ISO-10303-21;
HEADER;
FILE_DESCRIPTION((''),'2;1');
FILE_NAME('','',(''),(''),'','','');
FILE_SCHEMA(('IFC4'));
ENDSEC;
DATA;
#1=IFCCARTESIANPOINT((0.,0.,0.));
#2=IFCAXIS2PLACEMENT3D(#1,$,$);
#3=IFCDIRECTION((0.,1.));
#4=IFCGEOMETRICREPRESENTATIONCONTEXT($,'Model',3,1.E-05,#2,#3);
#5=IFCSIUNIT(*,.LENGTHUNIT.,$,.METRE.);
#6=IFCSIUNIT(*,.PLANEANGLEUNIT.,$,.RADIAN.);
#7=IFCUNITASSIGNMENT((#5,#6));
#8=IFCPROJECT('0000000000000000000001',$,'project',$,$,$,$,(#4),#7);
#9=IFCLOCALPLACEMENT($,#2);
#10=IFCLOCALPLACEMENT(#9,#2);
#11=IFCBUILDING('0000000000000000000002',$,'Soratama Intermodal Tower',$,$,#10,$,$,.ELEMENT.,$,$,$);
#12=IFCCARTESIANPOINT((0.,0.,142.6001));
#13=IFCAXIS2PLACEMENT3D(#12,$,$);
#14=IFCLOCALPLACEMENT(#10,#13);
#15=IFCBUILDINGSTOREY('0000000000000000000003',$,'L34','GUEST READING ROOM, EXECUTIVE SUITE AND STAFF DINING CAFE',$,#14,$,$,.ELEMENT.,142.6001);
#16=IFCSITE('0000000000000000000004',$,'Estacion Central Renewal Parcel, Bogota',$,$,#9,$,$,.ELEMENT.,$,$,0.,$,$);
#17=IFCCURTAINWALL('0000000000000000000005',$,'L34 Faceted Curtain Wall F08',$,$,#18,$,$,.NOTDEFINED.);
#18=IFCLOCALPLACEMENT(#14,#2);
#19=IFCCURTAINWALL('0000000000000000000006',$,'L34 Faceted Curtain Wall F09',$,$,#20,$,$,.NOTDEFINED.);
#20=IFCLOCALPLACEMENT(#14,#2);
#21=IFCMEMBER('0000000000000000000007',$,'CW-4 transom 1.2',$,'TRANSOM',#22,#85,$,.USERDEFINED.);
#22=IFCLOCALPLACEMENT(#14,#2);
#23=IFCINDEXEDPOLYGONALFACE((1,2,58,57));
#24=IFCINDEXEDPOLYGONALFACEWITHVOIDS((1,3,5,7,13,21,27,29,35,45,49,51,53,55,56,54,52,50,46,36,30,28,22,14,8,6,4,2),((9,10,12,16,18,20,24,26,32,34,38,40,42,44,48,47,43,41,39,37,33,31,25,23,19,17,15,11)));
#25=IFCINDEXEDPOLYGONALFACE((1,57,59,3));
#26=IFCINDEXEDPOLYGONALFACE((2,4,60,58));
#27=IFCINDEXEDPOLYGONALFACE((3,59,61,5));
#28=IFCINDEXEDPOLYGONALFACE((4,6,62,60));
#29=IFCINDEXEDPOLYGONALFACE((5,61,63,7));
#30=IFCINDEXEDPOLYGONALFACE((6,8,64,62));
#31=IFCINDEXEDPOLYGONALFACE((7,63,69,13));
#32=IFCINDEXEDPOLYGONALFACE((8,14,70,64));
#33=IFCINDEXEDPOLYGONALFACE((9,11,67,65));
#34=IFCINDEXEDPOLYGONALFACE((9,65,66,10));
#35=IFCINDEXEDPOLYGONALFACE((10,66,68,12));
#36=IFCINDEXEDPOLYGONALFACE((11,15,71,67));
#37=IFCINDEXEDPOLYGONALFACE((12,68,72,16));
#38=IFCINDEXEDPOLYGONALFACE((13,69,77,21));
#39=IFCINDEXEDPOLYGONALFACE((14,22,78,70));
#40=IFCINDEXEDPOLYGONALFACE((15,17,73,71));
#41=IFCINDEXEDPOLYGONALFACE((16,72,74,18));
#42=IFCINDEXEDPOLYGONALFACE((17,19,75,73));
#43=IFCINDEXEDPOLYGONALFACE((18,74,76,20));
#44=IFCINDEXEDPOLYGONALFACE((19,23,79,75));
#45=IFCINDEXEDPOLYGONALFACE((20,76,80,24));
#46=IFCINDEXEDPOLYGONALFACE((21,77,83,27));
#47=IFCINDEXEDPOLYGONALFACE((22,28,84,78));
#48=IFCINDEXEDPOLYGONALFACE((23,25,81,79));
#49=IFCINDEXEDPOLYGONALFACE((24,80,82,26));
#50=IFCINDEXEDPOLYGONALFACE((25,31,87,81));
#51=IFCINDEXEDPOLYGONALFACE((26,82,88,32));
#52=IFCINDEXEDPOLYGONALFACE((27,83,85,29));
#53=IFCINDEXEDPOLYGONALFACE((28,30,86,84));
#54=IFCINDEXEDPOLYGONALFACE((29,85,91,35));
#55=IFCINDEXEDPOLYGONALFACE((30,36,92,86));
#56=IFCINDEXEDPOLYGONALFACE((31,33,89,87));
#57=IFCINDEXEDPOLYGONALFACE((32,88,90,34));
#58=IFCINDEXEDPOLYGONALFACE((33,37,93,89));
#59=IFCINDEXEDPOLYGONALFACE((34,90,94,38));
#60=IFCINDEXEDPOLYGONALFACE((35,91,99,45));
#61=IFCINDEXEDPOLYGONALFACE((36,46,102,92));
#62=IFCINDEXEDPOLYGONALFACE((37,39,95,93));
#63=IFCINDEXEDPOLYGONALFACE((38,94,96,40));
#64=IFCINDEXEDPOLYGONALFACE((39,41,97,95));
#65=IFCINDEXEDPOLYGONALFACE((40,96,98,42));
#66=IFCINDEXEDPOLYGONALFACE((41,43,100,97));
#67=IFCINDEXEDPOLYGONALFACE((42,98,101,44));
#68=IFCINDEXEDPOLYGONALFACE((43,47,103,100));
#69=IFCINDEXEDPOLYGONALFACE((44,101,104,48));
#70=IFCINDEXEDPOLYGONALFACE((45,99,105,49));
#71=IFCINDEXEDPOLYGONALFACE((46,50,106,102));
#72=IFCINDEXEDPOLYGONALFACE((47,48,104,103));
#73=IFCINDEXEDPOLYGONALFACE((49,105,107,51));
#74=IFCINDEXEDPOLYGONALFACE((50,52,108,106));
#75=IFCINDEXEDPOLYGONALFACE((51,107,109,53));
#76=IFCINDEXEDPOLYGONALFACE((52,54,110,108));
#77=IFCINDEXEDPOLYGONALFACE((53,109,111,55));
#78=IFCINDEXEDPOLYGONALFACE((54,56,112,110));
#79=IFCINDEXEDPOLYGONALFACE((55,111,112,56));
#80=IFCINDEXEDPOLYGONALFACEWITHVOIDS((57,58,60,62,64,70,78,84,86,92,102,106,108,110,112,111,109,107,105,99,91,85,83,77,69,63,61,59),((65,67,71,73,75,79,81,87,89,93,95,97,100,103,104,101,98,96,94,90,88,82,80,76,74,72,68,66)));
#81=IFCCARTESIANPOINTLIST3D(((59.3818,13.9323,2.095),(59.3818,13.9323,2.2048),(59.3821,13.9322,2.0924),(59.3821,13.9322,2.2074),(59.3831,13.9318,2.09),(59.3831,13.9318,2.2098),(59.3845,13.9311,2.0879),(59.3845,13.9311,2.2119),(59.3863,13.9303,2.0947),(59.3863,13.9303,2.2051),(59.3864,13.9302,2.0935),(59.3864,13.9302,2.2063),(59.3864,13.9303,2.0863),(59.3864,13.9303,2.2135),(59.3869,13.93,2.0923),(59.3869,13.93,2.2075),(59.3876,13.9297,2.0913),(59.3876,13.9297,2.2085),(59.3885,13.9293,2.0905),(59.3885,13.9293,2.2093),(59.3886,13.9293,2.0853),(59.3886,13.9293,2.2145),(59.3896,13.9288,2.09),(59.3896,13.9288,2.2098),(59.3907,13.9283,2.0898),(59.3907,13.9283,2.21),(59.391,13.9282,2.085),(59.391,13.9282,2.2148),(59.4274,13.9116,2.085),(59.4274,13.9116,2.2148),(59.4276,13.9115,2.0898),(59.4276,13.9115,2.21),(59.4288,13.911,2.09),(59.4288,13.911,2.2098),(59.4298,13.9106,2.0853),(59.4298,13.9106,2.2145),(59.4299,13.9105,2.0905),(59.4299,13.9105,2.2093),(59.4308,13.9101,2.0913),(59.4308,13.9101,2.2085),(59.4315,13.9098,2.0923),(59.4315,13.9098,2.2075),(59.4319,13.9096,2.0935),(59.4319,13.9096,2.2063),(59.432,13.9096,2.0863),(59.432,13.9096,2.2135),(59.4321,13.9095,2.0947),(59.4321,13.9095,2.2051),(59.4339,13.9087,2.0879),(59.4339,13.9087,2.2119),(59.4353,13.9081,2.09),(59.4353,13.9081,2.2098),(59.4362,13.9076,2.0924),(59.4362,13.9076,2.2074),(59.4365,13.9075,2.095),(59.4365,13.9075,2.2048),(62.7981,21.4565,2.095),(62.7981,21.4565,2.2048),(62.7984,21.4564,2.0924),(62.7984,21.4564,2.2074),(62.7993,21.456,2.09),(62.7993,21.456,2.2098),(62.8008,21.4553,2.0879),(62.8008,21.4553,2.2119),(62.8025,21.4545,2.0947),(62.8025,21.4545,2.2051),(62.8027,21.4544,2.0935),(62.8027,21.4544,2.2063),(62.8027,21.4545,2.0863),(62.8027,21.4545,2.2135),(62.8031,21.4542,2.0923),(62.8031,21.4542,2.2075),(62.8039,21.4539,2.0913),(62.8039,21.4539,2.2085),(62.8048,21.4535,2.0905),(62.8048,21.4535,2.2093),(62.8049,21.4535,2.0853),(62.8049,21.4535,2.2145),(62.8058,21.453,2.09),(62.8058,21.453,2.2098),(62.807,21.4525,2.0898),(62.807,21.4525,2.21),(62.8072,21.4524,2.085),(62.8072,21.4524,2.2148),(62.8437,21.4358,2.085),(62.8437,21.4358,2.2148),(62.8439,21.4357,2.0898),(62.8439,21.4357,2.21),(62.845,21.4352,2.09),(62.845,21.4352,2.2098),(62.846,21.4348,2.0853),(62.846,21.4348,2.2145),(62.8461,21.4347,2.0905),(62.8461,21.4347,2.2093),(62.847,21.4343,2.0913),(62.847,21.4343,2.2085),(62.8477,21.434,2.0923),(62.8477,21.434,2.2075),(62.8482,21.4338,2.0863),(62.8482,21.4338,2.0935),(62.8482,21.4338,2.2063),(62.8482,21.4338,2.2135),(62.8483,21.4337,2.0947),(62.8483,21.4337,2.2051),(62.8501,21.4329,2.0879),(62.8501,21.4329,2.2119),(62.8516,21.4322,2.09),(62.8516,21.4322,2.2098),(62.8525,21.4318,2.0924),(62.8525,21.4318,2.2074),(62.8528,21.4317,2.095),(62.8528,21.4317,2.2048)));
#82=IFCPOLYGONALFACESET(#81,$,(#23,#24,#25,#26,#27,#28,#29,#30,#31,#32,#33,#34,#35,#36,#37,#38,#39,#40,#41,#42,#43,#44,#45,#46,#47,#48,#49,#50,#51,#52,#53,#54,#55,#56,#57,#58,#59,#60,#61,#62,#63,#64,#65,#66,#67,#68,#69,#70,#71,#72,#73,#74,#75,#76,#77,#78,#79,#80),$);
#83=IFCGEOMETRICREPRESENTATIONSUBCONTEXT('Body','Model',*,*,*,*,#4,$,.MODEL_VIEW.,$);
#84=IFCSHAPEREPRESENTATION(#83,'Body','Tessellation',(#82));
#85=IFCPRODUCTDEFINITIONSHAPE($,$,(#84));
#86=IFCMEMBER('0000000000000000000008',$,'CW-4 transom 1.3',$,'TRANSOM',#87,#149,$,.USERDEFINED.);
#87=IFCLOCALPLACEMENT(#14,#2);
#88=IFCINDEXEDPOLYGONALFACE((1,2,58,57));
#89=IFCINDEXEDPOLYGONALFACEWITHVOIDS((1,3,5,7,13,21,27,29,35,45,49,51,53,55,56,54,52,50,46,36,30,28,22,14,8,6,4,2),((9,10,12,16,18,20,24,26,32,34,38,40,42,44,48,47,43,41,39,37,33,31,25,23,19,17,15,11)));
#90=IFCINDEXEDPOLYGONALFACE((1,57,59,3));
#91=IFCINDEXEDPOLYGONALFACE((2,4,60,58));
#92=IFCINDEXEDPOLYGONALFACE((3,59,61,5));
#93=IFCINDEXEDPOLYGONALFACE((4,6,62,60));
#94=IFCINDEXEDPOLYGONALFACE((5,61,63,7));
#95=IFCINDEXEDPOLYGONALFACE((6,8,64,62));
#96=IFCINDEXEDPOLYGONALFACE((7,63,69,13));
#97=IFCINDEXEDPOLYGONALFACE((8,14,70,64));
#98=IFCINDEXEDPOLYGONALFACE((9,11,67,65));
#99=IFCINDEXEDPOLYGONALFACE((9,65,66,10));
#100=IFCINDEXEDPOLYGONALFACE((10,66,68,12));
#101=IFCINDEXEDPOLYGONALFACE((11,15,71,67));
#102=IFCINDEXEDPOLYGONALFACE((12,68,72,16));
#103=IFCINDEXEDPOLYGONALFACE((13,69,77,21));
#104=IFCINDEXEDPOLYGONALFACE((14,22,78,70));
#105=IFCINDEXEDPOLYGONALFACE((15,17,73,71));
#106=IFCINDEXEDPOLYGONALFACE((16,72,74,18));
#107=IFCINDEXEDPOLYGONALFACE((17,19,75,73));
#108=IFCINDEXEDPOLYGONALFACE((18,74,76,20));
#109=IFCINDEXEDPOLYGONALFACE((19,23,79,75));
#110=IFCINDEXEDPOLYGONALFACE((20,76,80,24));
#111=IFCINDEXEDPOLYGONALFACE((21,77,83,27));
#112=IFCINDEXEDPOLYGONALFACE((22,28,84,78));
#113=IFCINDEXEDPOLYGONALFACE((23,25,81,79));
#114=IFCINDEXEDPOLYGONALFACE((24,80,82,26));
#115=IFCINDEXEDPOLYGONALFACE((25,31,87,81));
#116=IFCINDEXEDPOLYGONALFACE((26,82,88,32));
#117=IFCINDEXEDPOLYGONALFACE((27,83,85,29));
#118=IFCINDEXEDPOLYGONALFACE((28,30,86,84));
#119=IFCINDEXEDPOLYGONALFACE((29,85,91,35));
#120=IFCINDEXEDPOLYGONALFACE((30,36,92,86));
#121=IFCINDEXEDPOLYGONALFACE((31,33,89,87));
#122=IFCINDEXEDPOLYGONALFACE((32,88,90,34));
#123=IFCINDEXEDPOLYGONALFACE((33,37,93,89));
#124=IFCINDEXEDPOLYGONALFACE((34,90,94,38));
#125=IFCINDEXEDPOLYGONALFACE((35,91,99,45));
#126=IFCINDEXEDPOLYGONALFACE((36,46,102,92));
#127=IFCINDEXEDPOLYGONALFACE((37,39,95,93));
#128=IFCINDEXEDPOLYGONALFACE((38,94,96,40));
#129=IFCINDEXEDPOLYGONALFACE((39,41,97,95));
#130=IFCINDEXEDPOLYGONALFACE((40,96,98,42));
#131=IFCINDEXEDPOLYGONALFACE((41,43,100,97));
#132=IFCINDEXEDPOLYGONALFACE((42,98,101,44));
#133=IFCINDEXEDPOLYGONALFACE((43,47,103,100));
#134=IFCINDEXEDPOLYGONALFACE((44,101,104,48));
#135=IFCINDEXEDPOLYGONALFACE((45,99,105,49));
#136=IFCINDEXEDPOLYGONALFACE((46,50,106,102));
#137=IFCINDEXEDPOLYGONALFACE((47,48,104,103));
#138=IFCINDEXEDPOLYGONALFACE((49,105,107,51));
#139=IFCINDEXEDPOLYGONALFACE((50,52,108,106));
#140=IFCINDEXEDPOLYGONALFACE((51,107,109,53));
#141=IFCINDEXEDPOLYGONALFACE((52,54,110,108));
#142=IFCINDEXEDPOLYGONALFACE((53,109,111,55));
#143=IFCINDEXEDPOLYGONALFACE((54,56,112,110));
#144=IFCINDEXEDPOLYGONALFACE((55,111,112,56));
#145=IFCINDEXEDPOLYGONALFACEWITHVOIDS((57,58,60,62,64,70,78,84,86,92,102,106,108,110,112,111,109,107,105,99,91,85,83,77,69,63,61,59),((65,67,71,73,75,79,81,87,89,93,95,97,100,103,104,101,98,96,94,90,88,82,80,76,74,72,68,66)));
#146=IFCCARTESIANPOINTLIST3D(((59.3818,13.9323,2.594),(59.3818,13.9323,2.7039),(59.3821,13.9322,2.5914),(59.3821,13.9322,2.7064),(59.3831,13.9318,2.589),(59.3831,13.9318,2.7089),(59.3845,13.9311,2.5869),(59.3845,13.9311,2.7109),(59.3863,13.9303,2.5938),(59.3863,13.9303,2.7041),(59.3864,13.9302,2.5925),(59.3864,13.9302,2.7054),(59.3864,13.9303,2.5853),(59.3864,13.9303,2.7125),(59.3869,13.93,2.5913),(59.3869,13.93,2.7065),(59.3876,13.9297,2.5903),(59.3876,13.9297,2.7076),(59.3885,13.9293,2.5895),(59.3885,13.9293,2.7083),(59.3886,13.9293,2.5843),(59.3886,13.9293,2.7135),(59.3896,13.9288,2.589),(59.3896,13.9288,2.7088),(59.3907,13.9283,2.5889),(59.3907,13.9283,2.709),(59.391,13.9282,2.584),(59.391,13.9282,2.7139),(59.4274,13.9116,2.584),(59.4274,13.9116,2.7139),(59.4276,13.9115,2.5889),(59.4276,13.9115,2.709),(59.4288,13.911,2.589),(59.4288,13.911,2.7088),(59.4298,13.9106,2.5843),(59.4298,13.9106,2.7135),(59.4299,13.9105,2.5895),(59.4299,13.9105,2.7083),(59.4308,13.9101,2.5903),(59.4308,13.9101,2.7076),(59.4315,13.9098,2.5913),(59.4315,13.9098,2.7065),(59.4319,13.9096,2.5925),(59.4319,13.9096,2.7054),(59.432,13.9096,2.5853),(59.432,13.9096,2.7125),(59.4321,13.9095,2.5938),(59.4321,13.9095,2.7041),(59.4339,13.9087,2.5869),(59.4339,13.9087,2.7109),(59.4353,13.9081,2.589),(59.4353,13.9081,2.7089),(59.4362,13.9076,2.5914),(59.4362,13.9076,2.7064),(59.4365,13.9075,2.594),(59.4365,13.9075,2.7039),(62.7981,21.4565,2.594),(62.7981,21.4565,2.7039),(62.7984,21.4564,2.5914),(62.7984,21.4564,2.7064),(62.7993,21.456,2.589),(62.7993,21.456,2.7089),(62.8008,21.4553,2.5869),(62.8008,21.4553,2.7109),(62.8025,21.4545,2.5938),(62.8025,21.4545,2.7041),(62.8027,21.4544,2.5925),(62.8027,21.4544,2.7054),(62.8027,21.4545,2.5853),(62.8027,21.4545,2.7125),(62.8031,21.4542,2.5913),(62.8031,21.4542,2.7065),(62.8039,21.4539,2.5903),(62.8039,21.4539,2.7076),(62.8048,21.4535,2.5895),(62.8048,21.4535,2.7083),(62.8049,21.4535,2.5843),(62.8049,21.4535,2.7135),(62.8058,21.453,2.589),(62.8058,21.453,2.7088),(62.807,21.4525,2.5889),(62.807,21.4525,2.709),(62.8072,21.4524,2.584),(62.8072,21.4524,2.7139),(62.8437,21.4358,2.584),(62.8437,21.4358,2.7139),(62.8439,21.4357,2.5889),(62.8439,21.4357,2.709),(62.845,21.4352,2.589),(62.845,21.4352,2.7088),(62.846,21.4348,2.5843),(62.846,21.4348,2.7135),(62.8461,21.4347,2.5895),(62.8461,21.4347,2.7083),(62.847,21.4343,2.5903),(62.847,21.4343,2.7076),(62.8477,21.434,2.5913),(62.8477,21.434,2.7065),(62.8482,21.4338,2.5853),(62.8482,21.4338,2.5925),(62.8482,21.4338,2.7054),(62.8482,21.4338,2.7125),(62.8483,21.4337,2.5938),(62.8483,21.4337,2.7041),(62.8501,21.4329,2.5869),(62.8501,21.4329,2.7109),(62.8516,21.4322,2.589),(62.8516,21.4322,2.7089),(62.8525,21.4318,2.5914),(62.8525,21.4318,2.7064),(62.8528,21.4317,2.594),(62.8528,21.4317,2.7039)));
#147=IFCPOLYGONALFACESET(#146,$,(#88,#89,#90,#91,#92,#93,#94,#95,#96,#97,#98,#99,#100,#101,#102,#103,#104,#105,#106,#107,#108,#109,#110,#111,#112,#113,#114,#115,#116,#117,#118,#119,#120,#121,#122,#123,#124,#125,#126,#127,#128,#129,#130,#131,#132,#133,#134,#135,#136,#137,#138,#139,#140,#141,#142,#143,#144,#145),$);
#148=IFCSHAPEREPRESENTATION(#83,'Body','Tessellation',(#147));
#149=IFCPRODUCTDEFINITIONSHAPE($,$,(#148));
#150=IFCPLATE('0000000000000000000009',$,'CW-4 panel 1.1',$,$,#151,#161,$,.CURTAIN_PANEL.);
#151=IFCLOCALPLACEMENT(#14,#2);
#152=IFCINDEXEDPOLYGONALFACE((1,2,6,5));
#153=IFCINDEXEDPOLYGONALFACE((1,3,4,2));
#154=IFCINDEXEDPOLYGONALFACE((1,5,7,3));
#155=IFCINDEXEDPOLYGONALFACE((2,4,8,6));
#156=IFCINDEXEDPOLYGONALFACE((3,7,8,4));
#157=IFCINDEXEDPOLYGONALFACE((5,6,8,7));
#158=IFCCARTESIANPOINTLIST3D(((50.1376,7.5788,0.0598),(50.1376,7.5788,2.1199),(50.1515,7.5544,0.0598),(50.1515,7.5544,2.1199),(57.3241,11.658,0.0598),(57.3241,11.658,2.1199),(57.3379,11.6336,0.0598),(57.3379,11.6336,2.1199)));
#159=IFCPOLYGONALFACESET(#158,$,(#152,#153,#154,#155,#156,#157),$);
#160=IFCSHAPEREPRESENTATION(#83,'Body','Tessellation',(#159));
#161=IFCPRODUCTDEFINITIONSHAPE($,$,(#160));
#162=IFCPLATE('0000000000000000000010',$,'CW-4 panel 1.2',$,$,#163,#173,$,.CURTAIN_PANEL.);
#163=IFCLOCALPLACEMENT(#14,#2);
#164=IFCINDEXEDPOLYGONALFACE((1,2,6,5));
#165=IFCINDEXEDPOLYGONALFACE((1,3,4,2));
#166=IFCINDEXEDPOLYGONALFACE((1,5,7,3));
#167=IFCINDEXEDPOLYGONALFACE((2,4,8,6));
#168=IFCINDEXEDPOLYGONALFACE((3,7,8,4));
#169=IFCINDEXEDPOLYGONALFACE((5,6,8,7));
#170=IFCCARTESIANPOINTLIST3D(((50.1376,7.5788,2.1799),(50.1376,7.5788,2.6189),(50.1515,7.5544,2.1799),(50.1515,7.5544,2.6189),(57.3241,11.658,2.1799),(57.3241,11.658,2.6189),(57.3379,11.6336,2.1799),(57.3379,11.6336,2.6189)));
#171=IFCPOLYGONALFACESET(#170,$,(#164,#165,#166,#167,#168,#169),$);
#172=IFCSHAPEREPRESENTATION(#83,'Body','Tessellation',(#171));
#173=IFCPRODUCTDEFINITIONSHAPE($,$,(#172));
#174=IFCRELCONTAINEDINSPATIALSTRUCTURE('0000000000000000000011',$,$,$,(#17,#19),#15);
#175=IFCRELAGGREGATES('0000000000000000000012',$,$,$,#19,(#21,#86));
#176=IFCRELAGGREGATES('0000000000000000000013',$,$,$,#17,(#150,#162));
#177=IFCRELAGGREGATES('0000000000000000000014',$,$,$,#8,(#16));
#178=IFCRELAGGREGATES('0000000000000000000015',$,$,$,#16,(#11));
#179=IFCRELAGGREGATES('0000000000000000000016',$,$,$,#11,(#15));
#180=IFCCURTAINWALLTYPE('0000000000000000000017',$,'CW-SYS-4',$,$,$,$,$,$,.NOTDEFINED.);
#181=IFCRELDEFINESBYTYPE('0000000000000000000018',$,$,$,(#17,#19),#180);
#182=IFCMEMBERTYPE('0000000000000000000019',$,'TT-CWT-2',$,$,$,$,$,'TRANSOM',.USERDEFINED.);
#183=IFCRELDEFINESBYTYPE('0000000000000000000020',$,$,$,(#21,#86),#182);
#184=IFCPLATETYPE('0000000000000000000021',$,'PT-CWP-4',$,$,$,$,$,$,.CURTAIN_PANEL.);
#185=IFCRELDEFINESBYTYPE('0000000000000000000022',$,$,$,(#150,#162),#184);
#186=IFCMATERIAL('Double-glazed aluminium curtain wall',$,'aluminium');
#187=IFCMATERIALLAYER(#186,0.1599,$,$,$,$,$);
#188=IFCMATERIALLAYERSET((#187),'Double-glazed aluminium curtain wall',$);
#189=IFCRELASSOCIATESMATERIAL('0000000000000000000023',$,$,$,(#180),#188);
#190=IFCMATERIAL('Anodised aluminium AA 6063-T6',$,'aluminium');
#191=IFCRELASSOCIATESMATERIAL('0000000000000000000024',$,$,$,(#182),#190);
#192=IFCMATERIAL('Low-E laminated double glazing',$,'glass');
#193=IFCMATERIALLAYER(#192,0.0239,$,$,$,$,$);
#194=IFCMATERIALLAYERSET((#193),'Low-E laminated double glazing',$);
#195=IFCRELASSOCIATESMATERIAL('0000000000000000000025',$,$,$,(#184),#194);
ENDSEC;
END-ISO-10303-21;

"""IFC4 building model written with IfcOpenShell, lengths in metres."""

from ifc_helpers import new_model, si_unit, direction, frame, origin, origin_2d, place, context, subcontext, project, spatial, rectangle, hollow_rectangle, extrude, material, layer, layer_set, material_profile, profile_set, type_object, element, aggregate, save


model = new_model("IFC4")

# Units and contexts
model_context = context("Model", 3, precision=1e-05, world=origin(), true_north=direction((0.0, 1.0)))
body_context = subcontext(model_context, "Body", "Model", "MODEL_VIEW")
ifc_project = project(units=[si_unit("LENGTHUNIT", "METRE"), si_unit("PLANEANGLEUNIT", "RADIAN")], contexts=[model_context])

# Site, building, storey
site_placement = place(None, origin())
site = spatial("IfcSite", under=ifc_project, at=site_placement, Name="Estacion Central Renewal Parcel, Bogota", CompositionType="ELEMENT", RefElevation=0.0)
building_placement = place(site_placement, origin())
building = spatial("IfcBuilding", under=site, at=building_placement, Name="Soratama Intermodal Tower", CompositionType="ELEMENT")
storey_placement = place(building_placement, frame((0.0, 0.0, 142.6001)))
storey = spatial("IfcBuildingStorey", under=building, at=storey_placement, Name="L34", Description="GUEST READING ROOM, EXECUTIVE SUITE AND STAFF DINING CAFE", CompositionType="ELEMENT", Elevation=142.6001)

# Curtain walls
ifc_material_1 = material(Name="Double-glazed aluminium curtain wall", Category="aluminium")
ifc_layer_1 = layer(ifc_material_1, 0.1599)
ifc_layer_set_1 = layer_set([ifc_layer_1], Name="Double-glazed aluminium curtain wall")
curtain_wall_type = type_object("IfcCurtainWallType", Name="CW-SYS-4", PredefinedType="NOTDEFINED", material=ifc_layer_set_1)
curtain_wall_1_placement = place(storey_placement, origin())
curtain_wall_1 = element("IfcCurtainWall", 1, at=curtain_wall_1_placement, inside=storey, type_object=curtain_wall_type, Name="L34 Faceted Curtain Wall F08", PredefinedType="NOTDEFINED")
curtain_wall_2_placement = place(storey_placement, origin())
curtain_wall_2 = element("IfcCurtainWall", 2, at=curtain_wall_2_placement, inside=storey, type_object=curtain_wall_type, Name="L34 Faceted Curtain Wall F09", PredefinedType="NOTDEFINED")

# Members
ifc_material_2 = material(Name="Anodised aluminium AA 6063-T6", Category="aluminium")
ifc_material_profile_1 = material_profile(ifc_material_2, hollow_rectangle(XDim=0.0601, YDim=0.1299, WallThickness=0.0049, InnerFilletRadius=0.0049, OuterFilletRadius=0.01, at=origin_2d()), Name="CWT130X60X5")
ifc_profile_set_1 = profile_set([ifc_material_profile_1], Name="Anodised aluminium AA 6063-T6")
member_type_1 = type_object("IfcMemberType", Name="TT-CWT-2", ElementType="TRANSOM", PredefinedType="USERDEFINED", material=ifc_profile_set_1)
member_1_placement = place(storey_placement, frame((59.4092, 13.9199, 2.1499), z_axis=(0.41342, 0.91054, 0.0), x_axis=(-0.91054, 0.41342, 0.0)))
member_1 = element("IfcMember", 3, at=member_1_placement, type_object=member_type_1, Name="CW-4 transom 1.2", ObjectType="TRANSOM", PredefinedType="USERDEFINED", context=body_context, shape_type="SweptSolid", body=[
    extrude(hollow_rectangle(XDim=0.0601, YDim=0.1299, WallThickness=0.0049, InnerFilletRadius=0.0049, OuterFilletRadius=0.01, at=origin_2d()), origin(), (0.0, 0.0, 1.0), 8.2634),
])
member_2_placement = place(storey_placement, frame((59.4092, 13.9199, 2.6489), z_axis=(0.41342, 0.91054, 0.0), x_axis=(-0.91054, 0.41342, 0.0)))
member_2 = element("IfcMember", 4, at=member_2_placement, type_object=member_type_1, Name="CW-4 transom 1.3", ObjectType="TRANSOM", PredefinedType="USERDEFINED", context=body_context, shape_type="SweptSolid", body=[
    extrude(hollow_rectangle(XDim=0.0601, YDim=0.1299, WallThickness=0.0049, InnerFilletRadius=0.0049, OuterFilletRadius=0.01, at=origin_2d()), origin(), (0.0, 0.0, 1.0), 8.2634),
])
aggregate(curtain_wall_2, [member_1, member_2])

# Plates
ifc_material_3 = material(Name="Low-E laminated double glazing", Category="glass")
ifc_layer_2 = layer(ifc_material_3, 0.0239)
ifc_layer_set_2 = layer_set([ifc_layer_2], Name="Low-E laminated double glazing")
plate_type = type_object("IfcPlateType", Name="PT-CWP-4", PredefinedType="CURTAIN_PANEL", material=ifc_layer_set_2)
plate_1_placement = place(storey_placement, frame((53.7378, 9.6062, 0.0598), z_axis=(0.0, 0.0, 1.0), x_axis=(0.869667, 0.49364, 0.0)))
plate_1 = element("IfcPlate", 5, at=plate_1_placement, type_object=plate_type, Name="CW-4 panel 1.1", PredefinedType="CURTAIN_PANEL", context=body_context, shape_type="SweptSolid", body=[
    extrude(rectangle(XDim=8.2634, YDim=0.0281, at=origin_2d()), origin(), (0.0, 0.0, 1.0), 2.0601),
])
plate_2_placement = place(storey_placement, frame((53.7378, 9.6062, 2.1799), z_axis=(0.0, 0.0, 1.0), x_axis=(0.869667, 0.49364, 0.0)))
plate_2 = element("IfcPlate", 6, at=plate_2_placement, type_object=plate_type, Name="CW-4 panel 1.2", PredefinedType="CURTAIN_PANEL", context=body_context, shape_type="SweptSolid", body=[
    extrude(rectangle(XDim=8.2634, YDim=0.0281, at=origin_2d()), origin(), (0.0, 0.0, 1.0), 0.439),
])
aggregate(curtain_wall_1, [plate_1, plate_2])

save(model, "model.ifc")
